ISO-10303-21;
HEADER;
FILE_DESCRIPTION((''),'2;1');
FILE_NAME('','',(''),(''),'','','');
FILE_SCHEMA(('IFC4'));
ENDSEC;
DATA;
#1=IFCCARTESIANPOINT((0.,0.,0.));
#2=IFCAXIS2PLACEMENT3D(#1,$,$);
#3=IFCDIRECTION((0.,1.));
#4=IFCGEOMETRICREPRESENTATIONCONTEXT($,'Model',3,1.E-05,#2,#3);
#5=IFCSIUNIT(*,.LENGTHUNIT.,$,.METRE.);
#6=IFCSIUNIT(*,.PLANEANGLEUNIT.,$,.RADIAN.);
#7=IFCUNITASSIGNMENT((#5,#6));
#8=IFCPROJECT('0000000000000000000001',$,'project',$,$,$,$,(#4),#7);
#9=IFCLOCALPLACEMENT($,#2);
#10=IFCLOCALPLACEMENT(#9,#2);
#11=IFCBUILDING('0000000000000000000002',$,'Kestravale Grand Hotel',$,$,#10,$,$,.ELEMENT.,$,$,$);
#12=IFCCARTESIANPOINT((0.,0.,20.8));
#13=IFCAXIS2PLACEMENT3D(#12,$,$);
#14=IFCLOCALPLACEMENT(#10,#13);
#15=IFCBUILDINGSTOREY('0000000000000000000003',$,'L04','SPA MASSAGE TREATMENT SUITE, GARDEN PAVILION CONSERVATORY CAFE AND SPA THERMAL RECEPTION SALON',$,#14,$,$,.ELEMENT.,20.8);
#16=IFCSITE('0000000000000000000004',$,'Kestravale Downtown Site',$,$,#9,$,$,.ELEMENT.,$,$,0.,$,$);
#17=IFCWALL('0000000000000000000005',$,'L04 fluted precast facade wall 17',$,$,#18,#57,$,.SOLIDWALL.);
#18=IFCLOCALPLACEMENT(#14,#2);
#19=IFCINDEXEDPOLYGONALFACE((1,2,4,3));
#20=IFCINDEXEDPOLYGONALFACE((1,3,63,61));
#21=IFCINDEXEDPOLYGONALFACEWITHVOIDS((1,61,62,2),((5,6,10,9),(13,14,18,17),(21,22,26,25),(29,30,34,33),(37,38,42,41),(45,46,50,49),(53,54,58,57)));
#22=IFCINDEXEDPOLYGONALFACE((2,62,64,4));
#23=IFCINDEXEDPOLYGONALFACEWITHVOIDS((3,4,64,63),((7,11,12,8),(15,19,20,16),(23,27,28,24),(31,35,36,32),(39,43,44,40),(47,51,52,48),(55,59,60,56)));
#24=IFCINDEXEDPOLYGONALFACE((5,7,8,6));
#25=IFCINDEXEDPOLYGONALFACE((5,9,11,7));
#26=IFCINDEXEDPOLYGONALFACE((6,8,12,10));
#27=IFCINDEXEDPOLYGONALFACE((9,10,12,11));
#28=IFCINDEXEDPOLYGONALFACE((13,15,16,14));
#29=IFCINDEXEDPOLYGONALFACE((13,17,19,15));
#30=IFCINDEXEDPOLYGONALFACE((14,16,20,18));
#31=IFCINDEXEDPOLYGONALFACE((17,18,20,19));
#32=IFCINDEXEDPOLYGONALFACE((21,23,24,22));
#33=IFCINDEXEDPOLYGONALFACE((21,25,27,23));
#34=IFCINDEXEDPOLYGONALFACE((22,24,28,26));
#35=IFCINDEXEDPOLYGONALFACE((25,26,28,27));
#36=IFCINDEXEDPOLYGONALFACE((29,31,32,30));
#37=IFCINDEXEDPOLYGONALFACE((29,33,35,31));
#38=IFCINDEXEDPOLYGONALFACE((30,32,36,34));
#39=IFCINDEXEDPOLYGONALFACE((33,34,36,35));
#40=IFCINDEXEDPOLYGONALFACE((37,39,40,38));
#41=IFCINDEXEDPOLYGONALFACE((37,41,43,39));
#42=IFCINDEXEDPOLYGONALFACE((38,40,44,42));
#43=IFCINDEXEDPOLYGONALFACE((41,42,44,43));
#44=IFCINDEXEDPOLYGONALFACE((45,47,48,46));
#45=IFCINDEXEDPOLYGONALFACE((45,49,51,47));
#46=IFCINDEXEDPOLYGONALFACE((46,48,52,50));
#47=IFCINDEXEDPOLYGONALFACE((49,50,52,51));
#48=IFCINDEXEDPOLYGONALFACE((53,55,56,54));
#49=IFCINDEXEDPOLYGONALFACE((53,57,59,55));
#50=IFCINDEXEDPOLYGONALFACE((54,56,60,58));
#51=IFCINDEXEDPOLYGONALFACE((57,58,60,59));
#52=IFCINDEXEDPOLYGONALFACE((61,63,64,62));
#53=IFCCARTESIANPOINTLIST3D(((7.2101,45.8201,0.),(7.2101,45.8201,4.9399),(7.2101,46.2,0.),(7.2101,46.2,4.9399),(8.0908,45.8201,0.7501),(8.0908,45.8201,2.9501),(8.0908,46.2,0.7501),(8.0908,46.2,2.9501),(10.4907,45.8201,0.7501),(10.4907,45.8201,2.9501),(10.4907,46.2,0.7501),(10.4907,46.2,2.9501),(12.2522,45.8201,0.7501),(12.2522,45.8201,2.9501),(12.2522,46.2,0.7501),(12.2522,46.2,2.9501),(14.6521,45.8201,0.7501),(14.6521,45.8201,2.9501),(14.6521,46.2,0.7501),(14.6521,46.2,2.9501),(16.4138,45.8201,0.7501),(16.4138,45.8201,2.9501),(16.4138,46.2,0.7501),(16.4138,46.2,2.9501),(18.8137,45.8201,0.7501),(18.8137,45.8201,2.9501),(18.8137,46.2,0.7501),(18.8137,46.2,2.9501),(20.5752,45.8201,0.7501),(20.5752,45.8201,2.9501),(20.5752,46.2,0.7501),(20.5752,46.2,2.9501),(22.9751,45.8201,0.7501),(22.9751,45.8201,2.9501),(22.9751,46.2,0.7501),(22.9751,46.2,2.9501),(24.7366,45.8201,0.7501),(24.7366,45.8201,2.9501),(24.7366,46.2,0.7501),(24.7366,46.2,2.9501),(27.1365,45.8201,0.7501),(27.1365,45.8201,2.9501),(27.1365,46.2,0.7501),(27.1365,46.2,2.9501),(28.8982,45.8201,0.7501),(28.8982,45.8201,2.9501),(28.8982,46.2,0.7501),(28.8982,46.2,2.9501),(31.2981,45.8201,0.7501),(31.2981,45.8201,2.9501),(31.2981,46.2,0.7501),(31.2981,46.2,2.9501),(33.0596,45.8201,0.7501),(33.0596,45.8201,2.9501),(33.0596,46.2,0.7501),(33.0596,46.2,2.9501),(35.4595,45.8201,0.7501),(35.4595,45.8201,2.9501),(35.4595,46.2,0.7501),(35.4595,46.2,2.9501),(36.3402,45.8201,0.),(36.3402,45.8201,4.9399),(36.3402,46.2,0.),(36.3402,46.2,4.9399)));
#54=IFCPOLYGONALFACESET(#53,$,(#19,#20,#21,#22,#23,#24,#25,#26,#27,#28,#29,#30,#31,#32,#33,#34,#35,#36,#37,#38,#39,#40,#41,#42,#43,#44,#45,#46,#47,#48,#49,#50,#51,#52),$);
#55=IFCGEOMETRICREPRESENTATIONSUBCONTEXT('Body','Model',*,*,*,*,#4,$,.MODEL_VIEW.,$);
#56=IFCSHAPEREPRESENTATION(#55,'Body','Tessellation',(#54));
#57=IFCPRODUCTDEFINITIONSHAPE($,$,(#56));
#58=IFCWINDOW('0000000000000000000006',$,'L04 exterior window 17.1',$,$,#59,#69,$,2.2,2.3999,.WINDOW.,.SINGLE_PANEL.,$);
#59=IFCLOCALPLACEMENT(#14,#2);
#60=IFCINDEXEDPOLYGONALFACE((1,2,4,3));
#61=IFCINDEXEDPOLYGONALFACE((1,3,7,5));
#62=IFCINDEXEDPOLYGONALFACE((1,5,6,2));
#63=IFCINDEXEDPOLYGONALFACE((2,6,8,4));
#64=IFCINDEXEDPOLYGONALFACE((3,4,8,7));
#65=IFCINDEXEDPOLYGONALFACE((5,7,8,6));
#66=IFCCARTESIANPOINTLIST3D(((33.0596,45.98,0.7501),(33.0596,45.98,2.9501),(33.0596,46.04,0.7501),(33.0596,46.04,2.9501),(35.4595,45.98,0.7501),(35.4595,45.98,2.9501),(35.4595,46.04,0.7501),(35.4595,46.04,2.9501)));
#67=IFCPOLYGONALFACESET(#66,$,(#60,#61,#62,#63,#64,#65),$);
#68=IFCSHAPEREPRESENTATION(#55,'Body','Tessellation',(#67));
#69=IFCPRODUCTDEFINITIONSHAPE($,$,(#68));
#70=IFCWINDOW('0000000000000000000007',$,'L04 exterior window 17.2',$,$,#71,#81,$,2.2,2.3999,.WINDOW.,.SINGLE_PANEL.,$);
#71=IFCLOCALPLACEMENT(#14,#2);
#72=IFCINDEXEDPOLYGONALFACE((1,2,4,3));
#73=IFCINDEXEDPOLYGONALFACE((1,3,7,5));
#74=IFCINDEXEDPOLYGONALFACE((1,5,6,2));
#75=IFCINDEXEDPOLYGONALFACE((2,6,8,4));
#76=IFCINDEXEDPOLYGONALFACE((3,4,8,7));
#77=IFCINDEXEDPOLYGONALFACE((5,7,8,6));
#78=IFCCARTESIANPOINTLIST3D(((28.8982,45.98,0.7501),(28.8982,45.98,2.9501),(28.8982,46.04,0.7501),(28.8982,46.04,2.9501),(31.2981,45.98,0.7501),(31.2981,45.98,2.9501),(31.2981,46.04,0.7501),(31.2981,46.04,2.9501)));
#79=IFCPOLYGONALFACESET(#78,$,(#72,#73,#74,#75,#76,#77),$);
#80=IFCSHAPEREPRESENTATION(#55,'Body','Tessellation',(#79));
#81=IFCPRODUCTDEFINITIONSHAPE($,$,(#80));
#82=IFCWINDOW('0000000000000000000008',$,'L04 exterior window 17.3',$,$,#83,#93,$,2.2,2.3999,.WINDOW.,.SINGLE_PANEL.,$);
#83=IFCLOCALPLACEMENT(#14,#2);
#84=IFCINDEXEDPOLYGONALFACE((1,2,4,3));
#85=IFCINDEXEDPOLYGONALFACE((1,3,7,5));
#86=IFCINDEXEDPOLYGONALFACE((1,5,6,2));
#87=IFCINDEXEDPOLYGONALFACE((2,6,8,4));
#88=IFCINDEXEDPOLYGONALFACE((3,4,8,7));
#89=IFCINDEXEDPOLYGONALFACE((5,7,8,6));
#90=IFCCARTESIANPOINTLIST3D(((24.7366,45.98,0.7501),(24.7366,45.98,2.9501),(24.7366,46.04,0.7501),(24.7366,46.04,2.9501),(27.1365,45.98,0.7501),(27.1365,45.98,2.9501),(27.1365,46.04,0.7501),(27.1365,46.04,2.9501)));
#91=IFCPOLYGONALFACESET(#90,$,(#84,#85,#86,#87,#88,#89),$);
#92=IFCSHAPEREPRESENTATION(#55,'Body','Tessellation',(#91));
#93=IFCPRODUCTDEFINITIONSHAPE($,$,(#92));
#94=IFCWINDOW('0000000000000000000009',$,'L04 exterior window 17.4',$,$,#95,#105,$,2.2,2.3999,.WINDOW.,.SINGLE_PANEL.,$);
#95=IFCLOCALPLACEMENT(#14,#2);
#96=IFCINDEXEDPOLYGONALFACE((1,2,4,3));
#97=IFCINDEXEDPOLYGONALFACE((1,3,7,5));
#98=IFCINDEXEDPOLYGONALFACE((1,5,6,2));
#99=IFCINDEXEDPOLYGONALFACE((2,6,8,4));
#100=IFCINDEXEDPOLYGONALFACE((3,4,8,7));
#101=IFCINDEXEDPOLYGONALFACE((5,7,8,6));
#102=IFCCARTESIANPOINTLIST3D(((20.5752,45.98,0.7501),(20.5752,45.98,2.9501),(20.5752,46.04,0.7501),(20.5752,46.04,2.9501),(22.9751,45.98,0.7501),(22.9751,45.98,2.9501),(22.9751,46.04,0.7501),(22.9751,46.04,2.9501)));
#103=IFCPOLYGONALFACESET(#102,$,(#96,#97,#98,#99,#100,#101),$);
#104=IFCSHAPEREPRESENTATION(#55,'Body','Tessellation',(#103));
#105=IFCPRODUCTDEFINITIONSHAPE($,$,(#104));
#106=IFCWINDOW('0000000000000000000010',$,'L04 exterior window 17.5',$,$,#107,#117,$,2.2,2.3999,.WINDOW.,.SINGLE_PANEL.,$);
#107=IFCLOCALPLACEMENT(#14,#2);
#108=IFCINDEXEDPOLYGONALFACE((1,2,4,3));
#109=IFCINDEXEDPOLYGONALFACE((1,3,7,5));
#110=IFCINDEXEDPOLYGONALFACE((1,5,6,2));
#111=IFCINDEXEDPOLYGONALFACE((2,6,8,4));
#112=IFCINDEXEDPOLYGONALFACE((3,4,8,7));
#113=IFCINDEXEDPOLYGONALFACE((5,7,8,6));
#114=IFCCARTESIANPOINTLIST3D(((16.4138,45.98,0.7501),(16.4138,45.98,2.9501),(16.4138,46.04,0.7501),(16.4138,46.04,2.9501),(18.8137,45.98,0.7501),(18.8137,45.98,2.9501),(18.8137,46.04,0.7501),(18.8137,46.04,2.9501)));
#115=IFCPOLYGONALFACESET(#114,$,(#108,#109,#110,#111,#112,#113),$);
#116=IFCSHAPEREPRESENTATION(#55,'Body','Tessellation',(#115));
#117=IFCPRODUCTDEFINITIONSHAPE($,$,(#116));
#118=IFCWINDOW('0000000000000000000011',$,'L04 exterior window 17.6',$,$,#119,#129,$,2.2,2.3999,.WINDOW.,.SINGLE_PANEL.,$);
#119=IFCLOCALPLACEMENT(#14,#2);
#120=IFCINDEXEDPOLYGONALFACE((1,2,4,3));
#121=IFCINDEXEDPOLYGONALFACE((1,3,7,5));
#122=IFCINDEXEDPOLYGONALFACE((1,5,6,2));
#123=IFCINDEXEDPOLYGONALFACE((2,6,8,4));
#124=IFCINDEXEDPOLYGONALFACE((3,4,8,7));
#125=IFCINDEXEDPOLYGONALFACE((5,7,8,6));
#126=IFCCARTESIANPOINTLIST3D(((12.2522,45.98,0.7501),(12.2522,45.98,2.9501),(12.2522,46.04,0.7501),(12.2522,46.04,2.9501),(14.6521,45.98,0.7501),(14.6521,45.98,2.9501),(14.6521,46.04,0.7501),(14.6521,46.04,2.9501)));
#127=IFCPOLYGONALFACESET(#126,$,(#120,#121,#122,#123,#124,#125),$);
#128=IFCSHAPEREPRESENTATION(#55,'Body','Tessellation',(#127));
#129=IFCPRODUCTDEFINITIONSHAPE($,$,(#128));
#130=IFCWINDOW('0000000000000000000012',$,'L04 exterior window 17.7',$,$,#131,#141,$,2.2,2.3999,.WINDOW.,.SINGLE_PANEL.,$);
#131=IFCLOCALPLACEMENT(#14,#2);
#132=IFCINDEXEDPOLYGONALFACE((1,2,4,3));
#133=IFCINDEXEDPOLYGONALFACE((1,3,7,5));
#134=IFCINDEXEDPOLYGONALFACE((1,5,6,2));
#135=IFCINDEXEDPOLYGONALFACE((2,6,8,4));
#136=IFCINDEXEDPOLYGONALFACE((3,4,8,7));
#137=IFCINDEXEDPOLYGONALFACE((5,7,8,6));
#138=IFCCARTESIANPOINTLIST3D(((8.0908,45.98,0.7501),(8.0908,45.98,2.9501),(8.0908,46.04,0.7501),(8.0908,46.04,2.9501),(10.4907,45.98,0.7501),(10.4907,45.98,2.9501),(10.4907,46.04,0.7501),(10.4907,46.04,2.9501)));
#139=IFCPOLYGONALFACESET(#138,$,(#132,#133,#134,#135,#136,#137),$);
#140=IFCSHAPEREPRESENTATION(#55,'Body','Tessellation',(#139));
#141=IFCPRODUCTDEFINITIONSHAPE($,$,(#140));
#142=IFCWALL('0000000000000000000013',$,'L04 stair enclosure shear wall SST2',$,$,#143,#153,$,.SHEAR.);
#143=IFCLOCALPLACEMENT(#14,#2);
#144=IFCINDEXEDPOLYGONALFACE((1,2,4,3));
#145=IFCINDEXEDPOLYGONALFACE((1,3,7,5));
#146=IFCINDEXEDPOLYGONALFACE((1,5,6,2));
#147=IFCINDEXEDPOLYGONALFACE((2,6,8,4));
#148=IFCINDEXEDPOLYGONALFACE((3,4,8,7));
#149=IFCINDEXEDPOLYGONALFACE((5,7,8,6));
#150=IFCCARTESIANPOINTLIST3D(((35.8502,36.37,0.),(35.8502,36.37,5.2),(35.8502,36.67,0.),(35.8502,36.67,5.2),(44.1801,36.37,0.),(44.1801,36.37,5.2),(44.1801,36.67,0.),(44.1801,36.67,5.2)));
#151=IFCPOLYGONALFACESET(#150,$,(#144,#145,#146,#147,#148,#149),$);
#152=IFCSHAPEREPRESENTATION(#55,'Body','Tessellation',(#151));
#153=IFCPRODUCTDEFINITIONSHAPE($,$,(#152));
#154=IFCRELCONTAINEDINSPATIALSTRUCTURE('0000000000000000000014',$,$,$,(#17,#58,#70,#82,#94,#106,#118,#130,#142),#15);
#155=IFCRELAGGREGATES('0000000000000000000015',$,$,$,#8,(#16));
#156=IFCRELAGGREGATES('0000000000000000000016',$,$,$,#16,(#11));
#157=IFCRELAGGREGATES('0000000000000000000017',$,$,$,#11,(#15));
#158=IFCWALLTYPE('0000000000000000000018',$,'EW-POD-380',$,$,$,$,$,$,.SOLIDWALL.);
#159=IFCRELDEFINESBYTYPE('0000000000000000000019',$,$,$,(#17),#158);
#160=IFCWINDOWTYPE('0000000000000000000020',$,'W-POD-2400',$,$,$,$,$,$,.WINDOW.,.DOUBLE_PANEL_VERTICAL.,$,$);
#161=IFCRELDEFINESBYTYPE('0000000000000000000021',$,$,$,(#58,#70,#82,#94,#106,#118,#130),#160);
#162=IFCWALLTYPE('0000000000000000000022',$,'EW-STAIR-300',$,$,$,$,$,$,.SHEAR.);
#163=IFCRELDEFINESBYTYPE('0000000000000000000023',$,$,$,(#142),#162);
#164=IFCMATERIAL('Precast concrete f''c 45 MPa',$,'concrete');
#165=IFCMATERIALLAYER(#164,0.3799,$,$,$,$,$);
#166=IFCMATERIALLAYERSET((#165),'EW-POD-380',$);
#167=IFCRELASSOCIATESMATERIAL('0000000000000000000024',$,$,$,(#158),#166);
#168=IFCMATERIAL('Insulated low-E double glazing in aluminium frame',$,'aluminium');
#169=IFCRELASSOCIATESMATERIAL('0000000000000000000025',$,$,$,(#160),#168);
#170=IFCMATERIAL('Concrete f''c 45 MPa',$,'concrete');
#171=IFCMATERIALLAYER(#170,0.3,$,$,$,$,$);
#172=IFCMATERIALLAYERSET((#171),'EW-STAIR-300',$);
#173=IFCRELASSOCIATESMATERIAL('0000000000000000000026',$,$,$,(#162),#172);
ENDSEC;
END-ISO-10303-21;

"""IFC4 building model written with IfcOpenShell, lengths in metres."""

from ifc_helpers import new_model, si_unit, direction, frame, frame_2d, origin, place, context, subcontext, project, spatial, rectangle, extrude, material, layer, layer_set, type_object, element, fill, save


model = new_model("IFC4")

# Units and contexts
model_context = context("Model", 3, precision=1e-05, world=origin(), true_north=direction((0.0, 1.0)))
body_context = subcontext(model_context, "Body", "Model", "MODEL_VIEW")
ifc_project = project(units=[si_unit("LENGTHUNIT", "METRE"), si_unit("PLANEANGLEUNIT", "RADIAN")], contexts=[model_context])

# Site, building, storey
site_placement = place(None, origin())
site = spatial("IfcSite", under=ifc_project, at=site_placement, Name="Kestravale Downtown Site", CompositionType="ELEMENT", RefElevation=0.0)
building_placement = place(site_placement, origin())
building = spatial("IfcBuilding", under=site, at=building_placement, Name="Kestravale Grand Hotel", CompositionType="ELEMENT")
storey_placement = place(building_placement, frame((0.0, 0.0, 20.8)))
storey = spatial("IfcBuildingStorey", under=building, at=storey_placement, Name="L04", Description="SPA MASSAGE TREATMENT SUITE, GARDEN PAVILION CONSERVATORY CAFE AND SPA THERMAL RECEPTION SALON", CompositionType="ELEMENT", Elevation=20.8)

# Wall, openings, windows
ifc_material_1 = material(Name="Precast concrete f'c 45 MPa", Category="concrete")
ifc_layer_1 = layer(ifc_material_1, 0.3799)
ifc_layer_set_1 = layer_set([ifc_layer_1], Name="EW-POD-380")
wall_type_1 = type_object("IfcWallType", Name="EW-POD-380", PredefinedType="SOLIDWALL", material=ifc_layer_set_1)
wall_1_placement = place(storey_placement, frame((36.3401, 46.01, 0.0), z_axis=(0.0, 0.0, 1.0), x_axis=(-1.0, 0.0, 0.0)))
wall_1 = element("IfcWall", 1, at=wall_1_placement, inside=storey, type_object=wall_type_1, Name="L04 fluted precast facade wall 17", PredefinedType="SOLIDWALL", context=body_context, shape_type="SweptSolid", body=[
    extrude(rectangle(XDim=29.1301, YDim=0.3799, at=frame_2d((14.5649, 0.0))), origin(), (0.0, 0.0, 1.0), 4.9399),
])
opening_1_placement = place(wall_1_placement, frame((0.8806, 0.0, 0.75)))
opening_1 = element("IfcOpeningElement", 2, at=opening_1_placement, cuts=wall_1, PredefinedType="OPENING", context=body_context, shape_type="SweptSolid", body=[
    extrude(rectangle(XDim=2.3999, YDim=2.2, at=frame_2d((1.2, 1.1001))), frame((0.0, 0.2, 0.0), z_axis=(0.0, -1.0, 0.0), x_axis=(1.0, 0.0, 0.0)), (0.0, 0.0, 1.0), 0.3999),
])
opening_2_placement = place(wall_1_placement, frame((5.042, 0.0, 0.75)))
opening_2 = element("IfcOpeningElement", 3, at=opening_2_placement, cuts=wall_1, PredefinedType="OPENING", context=body_context, shape_type="SweptSolid", body=[
    extrude(rectangle(XDim=2.3999, YDim=2.2, at=frame_2d((1.2, 1.1001))), frame((0.0, 0.2, 0.0), z_axis=(0.0, -1.0, 0.0), x_axis=(1.0, 0.0, 0.0)), (0.0, 0.0, 1.0), 0.3999),
])
opening_3_placement = place(wall_1_placement, frame((9.2036, 0.0, 0.75)))
opening_3 = element("IfcOpeningElement", 4, at=opening_3_placement, cuts=wall_1, PredefinedType="OPENING", context=body_context, shape_type="SweptSolid", body=[
    extrude(rectangle(XDim=2.3999, YDim=2.2, at=frame_2d((1.2, 1.1001))), frame((0.0, 0.2, 0.0), z_axis=(0.0, -1.0, 0.0), x_axis=(1.0, 0.0, 0.0)), (0.0, 0.0, 1.0), 0.3999),
])
opening_4_placement = place(wall_1_placement, frame((13.365, 0.0, 0.75)))
opening_4 = element("IfcOpeningElement", 5, at=opening_4_placement, cuts=wall_1, PredefinedType="OPENING", context=body_context, shape_type="SweptSolid", body=[
    extrude(rectangle(XDim=2.3999, YDim=2.2, at=frame_2d((1.2, 1.1001))), frame((0.0, 0.2, 0.0), z_axis=(0.0, -1.0, 0.0), x_axis=(1.0, 0.0, 0.0)), (0.0, 0.0, 1.0), 0.3999),
])
opening_5_placement = place(wall_1_placement, frame((17.5264, 0.0, 0.75)))
opening_5 = element("IfcOpeningElement", 6, at=opening_5_placement, cuts=wall_1, PredefinedType="OPENING", context=body_context, shape_type="SweptSolid", body=[
    extrude(rectangle(XDim=2.3999, YDim=2.2, at=frame_2d((1.2, 1.1001))), frame((0.0, 0.2, 0.0), z_axis=(0.0, -1.0, 0.0), x_axis=(1.0, 0.0, 0.0)), (0.0, 0.0, 1.0), 0.3999),
])
opening_6_placement = place(wall_1_placement, frame((21.688, 0.0, 0.75)))
opening_6 = element("IfcOpeningElement", 7, at=opening_6_placement, cuts=wall_1, PredefinedType="OPENING", context=body_context, shape_type="SweptSolid", body=[
    extrude(rectangle(XDim=2.3999, YDim=2.2, at=frame_2d((1.2, 1.1001))), frame((0.0, 0.2, 0.0), z_axis=(0.0, -1.0, 0.0), x_axis=(1.0, 0.0, 0.0)), (0.0, 0.0, 1.0), 0.3999),
])
opening_7_placement = place(wall_1_placement, frame((25.8494, 0.0, 0.75)))
opening_7 = element("IfcOpeningElement", 8, at=opening_7_placement, cuts=wall_1, PredefinedType="OPENING", context=body_context, shape_type="SweptSolid", body=[
    extrude(rectangle(XDim=2.3999, YDim=2.2, at=frame_2d((1.2, 1.1001))), frame((0.0, 0.2, 0.0), z_axis=(0.0, -1.0, 0.0), x_axis=(1.0, 0.0, 0.0)), (0.0, 0.0, 1.0), 0.3999),
])
ifc_material_2 = material(Name="Insulated low-E double glazing in aluminium frame", Category="aluminium")
window_type = type_object("IfcWindowType", Name="W-POD-2400", PartitioningType="DOUBLE_PANEL_VERTICAL", PredefinedType="WINDOW", material=ifc_material_2)
window_1_placement = place(opening_1_placement, origin())
window_1 = element("IfcWindow", 9, at=window_1_placement, inside=storey, type_object=window_type, Name="L04 exterior window 17.1", OverallHeight=2.2, OverallWidth=2.3999, PartitioningType="SINGLE_PANEL", PredefinedType="WINDOW", context=body_context, shape_type="SweptSolid", body=[
    extrude(rectangle(XDim=2.3999, YDim=2.2, at=frame_2d((1.2, 1.1001))), frame((0.0, 0.03, 0.0), z_axis=(0.0, -1.0, 0.0), x_axis=(1.0, 0.0, 0.0)), (0.0, 0.0, 1.0), 0.0601),
])
fill(opening_1, window_1)
window_2_placement = place(opening_2_placement, origin())
window_2 = element("IfcWindow", 10, at=window_2_placement, inside=storey, type_object=window_type, Name="L04 exterior window 17.2", OverallHeight=2.2, OverallWidth=2.3999, PartitioningType="SINGLE_PANEL", PredefinedType="WINDOW", context=body_context, shape_type="SweptSolid", body=[
    extrude(rectangle(XDim=2.3999, YDim=2.2, at=frame_2d((1.2, 1.1001))), frame((0.0, 0.03, 0.0), z_axis=(0.0, -1.0, 0.0), x_axis=(1.0, 0.0, 0.0)), (0.0, 0.0, 1.0), 0.0601),
])
fill(opening_2, window_2)
window_3_placement = place(opening_3_placement, origin())
window_3 = element("IfcWindow", 11, at=window_3_placement, inside=storey, type_object=window_type, Name="L04 exterior window 17.3", OverallHeight=2.2, OverallWidth=2.3999, PartitioningType="SINGLE_PANEL", PredefinedType="WINDOW", context=body_context, shape_type="SweptSolid", body=[
    extrude(rectangle(XDim=2.3999, YDim=2.2, at=frame_2d((1.2, 1.1001))), frame((0.0, 0.03, 0.0), z_axis=(0.0, -1.0, 0.0), x_axis=(1.0, 0.0, 0.0)), (0.0, 0.0, 1.0), 0.0601),
])
fill(opening_3, window_3)
window_4_placement = place(opening_4_placement, origin())
window_4 = element("IfcWindow", 12, at=window_4_placement, inside=storey, type_object=window_type, Name="L04 exterior window 17.4", OverallHeight=2.2, OverallWidth=2.3999, PartitioningType="SINGLE_PANEL", PredefinedType="WINDOW", context=body_context, shape_type="SweptSolid", body=[
    extrude(rectangle(XDim=2.3999, YDim=2.2, at=frame_2d((1.2, 1.1001))), frame((0.0, 0.03, 0.0), z_axis=(0.0, -1.0, 0.0), x_axis=(1.0, 0.0, 0.0)), (0.0, 0.0, 1.0), 0.0601),
])
fill(opening_4, window_4)
window_5_placement = place(opening_5_placement, origin())
window_5 = element("IfcWindow", 13, at=window_5_placement, inside=storey, type_object=window_type, Name="L04 exterior window 17.5", OverallHeight=2.2, OverallWidth=2.3999, PartitioningType="SINGLE_PANEL", PredefinedType="WINDOW", context=body_context, shape_type="SweptSolid", body=[
    extrude(rectangle(XDim=2.3999, YDim=2.2, at=frame_2d((1.2, 1.1001))), frame((0.0, 0.03, 0.0), z_axis=(0.0, -1.0, 0.0), x_axis=(1.0, 0.0, 0.0)), (0.0, 0.0, 1.0), 0.0601),
])
fill(opening_5, window_5)
window_6_placement = place(opening_6_placement, origin())
window_6 = element("IfcWindow", 14, at=window_6_placement, inside=storey, type_object=window_type, Name="L04 exterior window 17.6", OverallHeight=2.2, OverallWidth=2.3999, PartitioningType="SINGLE_PANEL", PredefinedType="WINDOW", context=body_context, shape_type="SweptSolid", body=[
    extrude(rectangle(XDim=2.3999, YDim=2.2, at=frame_2d((1.2, 1.1001))), frame((0.0, 0.03, 0.0), z_axis=(0.0, -1.0, 0.0), x_axis=(1.0, 0.0, 0.0)), (0.0, 0.0, 1.0), 0.0601),
])
fill(opening_6, window_6)
window_7_placement = place(opening_7_placement, origin())
window_7 = element("IfcWindow", 15, at=window_7_placement, inside=storey, type_object=window_type, Name="L04 exterior window 17.7", OverallHeight=2.2, OverallWidth=2.3999, PartitioningType="SINGLE_PANEL", PredefinedType="WINDOW", context=body_context, shape_type="SweptSolid", body=[
    extrude(rectangle(XDim=2.3999, YDim=2.2, at=frame_2d((1.2, 1.1001))), frame((0.0, 0.03, 0.0), z_axis=(0.0, -1.0, 0.0), x_axis=(1.0, 0.0, 0.0)), (0.0, 0.0, 1.0), 0.0601),
])
fill(opening_7, window_7)

# Wall
ifc_material_3 = material(Name="Concrete f'c 45 MPa", Category="concrete")
ifc_layer_2 = layer(ifc_material_3, 0.3)
ifc_layer_set_2 = layer_set([ifc_layer_2], Name="EW-STAIR-300")
wall_type_2 = type_object("IfcWallType", Name="EW-STAIR-300", PredefinedType="SHEAR", material=ifc_layer_set_2)
wall_2_placement = place(storey_placement, frame((35.8501, 36.52, 0.0), z_axis=(0.0, 0.0, 1.0), x_axis=(1.0, 0.0, 0.0)))
element("IfcWall", 16, at=wall_2_placement, inside=storey, type_object=wall_type_2, Name="L04 stair enclosure shear wall SST2", PredefinedType="SHEAR", context=body_context, shape_type="SweptSolid", body=[
    extrude(rectangle(XDim=8.3298, YDim=0.3, at=frame_2d((4.165, 0.0))), origin(), (0.0, 0.0, 1.0), 5.2),
])

save(model, "model.ifc")
